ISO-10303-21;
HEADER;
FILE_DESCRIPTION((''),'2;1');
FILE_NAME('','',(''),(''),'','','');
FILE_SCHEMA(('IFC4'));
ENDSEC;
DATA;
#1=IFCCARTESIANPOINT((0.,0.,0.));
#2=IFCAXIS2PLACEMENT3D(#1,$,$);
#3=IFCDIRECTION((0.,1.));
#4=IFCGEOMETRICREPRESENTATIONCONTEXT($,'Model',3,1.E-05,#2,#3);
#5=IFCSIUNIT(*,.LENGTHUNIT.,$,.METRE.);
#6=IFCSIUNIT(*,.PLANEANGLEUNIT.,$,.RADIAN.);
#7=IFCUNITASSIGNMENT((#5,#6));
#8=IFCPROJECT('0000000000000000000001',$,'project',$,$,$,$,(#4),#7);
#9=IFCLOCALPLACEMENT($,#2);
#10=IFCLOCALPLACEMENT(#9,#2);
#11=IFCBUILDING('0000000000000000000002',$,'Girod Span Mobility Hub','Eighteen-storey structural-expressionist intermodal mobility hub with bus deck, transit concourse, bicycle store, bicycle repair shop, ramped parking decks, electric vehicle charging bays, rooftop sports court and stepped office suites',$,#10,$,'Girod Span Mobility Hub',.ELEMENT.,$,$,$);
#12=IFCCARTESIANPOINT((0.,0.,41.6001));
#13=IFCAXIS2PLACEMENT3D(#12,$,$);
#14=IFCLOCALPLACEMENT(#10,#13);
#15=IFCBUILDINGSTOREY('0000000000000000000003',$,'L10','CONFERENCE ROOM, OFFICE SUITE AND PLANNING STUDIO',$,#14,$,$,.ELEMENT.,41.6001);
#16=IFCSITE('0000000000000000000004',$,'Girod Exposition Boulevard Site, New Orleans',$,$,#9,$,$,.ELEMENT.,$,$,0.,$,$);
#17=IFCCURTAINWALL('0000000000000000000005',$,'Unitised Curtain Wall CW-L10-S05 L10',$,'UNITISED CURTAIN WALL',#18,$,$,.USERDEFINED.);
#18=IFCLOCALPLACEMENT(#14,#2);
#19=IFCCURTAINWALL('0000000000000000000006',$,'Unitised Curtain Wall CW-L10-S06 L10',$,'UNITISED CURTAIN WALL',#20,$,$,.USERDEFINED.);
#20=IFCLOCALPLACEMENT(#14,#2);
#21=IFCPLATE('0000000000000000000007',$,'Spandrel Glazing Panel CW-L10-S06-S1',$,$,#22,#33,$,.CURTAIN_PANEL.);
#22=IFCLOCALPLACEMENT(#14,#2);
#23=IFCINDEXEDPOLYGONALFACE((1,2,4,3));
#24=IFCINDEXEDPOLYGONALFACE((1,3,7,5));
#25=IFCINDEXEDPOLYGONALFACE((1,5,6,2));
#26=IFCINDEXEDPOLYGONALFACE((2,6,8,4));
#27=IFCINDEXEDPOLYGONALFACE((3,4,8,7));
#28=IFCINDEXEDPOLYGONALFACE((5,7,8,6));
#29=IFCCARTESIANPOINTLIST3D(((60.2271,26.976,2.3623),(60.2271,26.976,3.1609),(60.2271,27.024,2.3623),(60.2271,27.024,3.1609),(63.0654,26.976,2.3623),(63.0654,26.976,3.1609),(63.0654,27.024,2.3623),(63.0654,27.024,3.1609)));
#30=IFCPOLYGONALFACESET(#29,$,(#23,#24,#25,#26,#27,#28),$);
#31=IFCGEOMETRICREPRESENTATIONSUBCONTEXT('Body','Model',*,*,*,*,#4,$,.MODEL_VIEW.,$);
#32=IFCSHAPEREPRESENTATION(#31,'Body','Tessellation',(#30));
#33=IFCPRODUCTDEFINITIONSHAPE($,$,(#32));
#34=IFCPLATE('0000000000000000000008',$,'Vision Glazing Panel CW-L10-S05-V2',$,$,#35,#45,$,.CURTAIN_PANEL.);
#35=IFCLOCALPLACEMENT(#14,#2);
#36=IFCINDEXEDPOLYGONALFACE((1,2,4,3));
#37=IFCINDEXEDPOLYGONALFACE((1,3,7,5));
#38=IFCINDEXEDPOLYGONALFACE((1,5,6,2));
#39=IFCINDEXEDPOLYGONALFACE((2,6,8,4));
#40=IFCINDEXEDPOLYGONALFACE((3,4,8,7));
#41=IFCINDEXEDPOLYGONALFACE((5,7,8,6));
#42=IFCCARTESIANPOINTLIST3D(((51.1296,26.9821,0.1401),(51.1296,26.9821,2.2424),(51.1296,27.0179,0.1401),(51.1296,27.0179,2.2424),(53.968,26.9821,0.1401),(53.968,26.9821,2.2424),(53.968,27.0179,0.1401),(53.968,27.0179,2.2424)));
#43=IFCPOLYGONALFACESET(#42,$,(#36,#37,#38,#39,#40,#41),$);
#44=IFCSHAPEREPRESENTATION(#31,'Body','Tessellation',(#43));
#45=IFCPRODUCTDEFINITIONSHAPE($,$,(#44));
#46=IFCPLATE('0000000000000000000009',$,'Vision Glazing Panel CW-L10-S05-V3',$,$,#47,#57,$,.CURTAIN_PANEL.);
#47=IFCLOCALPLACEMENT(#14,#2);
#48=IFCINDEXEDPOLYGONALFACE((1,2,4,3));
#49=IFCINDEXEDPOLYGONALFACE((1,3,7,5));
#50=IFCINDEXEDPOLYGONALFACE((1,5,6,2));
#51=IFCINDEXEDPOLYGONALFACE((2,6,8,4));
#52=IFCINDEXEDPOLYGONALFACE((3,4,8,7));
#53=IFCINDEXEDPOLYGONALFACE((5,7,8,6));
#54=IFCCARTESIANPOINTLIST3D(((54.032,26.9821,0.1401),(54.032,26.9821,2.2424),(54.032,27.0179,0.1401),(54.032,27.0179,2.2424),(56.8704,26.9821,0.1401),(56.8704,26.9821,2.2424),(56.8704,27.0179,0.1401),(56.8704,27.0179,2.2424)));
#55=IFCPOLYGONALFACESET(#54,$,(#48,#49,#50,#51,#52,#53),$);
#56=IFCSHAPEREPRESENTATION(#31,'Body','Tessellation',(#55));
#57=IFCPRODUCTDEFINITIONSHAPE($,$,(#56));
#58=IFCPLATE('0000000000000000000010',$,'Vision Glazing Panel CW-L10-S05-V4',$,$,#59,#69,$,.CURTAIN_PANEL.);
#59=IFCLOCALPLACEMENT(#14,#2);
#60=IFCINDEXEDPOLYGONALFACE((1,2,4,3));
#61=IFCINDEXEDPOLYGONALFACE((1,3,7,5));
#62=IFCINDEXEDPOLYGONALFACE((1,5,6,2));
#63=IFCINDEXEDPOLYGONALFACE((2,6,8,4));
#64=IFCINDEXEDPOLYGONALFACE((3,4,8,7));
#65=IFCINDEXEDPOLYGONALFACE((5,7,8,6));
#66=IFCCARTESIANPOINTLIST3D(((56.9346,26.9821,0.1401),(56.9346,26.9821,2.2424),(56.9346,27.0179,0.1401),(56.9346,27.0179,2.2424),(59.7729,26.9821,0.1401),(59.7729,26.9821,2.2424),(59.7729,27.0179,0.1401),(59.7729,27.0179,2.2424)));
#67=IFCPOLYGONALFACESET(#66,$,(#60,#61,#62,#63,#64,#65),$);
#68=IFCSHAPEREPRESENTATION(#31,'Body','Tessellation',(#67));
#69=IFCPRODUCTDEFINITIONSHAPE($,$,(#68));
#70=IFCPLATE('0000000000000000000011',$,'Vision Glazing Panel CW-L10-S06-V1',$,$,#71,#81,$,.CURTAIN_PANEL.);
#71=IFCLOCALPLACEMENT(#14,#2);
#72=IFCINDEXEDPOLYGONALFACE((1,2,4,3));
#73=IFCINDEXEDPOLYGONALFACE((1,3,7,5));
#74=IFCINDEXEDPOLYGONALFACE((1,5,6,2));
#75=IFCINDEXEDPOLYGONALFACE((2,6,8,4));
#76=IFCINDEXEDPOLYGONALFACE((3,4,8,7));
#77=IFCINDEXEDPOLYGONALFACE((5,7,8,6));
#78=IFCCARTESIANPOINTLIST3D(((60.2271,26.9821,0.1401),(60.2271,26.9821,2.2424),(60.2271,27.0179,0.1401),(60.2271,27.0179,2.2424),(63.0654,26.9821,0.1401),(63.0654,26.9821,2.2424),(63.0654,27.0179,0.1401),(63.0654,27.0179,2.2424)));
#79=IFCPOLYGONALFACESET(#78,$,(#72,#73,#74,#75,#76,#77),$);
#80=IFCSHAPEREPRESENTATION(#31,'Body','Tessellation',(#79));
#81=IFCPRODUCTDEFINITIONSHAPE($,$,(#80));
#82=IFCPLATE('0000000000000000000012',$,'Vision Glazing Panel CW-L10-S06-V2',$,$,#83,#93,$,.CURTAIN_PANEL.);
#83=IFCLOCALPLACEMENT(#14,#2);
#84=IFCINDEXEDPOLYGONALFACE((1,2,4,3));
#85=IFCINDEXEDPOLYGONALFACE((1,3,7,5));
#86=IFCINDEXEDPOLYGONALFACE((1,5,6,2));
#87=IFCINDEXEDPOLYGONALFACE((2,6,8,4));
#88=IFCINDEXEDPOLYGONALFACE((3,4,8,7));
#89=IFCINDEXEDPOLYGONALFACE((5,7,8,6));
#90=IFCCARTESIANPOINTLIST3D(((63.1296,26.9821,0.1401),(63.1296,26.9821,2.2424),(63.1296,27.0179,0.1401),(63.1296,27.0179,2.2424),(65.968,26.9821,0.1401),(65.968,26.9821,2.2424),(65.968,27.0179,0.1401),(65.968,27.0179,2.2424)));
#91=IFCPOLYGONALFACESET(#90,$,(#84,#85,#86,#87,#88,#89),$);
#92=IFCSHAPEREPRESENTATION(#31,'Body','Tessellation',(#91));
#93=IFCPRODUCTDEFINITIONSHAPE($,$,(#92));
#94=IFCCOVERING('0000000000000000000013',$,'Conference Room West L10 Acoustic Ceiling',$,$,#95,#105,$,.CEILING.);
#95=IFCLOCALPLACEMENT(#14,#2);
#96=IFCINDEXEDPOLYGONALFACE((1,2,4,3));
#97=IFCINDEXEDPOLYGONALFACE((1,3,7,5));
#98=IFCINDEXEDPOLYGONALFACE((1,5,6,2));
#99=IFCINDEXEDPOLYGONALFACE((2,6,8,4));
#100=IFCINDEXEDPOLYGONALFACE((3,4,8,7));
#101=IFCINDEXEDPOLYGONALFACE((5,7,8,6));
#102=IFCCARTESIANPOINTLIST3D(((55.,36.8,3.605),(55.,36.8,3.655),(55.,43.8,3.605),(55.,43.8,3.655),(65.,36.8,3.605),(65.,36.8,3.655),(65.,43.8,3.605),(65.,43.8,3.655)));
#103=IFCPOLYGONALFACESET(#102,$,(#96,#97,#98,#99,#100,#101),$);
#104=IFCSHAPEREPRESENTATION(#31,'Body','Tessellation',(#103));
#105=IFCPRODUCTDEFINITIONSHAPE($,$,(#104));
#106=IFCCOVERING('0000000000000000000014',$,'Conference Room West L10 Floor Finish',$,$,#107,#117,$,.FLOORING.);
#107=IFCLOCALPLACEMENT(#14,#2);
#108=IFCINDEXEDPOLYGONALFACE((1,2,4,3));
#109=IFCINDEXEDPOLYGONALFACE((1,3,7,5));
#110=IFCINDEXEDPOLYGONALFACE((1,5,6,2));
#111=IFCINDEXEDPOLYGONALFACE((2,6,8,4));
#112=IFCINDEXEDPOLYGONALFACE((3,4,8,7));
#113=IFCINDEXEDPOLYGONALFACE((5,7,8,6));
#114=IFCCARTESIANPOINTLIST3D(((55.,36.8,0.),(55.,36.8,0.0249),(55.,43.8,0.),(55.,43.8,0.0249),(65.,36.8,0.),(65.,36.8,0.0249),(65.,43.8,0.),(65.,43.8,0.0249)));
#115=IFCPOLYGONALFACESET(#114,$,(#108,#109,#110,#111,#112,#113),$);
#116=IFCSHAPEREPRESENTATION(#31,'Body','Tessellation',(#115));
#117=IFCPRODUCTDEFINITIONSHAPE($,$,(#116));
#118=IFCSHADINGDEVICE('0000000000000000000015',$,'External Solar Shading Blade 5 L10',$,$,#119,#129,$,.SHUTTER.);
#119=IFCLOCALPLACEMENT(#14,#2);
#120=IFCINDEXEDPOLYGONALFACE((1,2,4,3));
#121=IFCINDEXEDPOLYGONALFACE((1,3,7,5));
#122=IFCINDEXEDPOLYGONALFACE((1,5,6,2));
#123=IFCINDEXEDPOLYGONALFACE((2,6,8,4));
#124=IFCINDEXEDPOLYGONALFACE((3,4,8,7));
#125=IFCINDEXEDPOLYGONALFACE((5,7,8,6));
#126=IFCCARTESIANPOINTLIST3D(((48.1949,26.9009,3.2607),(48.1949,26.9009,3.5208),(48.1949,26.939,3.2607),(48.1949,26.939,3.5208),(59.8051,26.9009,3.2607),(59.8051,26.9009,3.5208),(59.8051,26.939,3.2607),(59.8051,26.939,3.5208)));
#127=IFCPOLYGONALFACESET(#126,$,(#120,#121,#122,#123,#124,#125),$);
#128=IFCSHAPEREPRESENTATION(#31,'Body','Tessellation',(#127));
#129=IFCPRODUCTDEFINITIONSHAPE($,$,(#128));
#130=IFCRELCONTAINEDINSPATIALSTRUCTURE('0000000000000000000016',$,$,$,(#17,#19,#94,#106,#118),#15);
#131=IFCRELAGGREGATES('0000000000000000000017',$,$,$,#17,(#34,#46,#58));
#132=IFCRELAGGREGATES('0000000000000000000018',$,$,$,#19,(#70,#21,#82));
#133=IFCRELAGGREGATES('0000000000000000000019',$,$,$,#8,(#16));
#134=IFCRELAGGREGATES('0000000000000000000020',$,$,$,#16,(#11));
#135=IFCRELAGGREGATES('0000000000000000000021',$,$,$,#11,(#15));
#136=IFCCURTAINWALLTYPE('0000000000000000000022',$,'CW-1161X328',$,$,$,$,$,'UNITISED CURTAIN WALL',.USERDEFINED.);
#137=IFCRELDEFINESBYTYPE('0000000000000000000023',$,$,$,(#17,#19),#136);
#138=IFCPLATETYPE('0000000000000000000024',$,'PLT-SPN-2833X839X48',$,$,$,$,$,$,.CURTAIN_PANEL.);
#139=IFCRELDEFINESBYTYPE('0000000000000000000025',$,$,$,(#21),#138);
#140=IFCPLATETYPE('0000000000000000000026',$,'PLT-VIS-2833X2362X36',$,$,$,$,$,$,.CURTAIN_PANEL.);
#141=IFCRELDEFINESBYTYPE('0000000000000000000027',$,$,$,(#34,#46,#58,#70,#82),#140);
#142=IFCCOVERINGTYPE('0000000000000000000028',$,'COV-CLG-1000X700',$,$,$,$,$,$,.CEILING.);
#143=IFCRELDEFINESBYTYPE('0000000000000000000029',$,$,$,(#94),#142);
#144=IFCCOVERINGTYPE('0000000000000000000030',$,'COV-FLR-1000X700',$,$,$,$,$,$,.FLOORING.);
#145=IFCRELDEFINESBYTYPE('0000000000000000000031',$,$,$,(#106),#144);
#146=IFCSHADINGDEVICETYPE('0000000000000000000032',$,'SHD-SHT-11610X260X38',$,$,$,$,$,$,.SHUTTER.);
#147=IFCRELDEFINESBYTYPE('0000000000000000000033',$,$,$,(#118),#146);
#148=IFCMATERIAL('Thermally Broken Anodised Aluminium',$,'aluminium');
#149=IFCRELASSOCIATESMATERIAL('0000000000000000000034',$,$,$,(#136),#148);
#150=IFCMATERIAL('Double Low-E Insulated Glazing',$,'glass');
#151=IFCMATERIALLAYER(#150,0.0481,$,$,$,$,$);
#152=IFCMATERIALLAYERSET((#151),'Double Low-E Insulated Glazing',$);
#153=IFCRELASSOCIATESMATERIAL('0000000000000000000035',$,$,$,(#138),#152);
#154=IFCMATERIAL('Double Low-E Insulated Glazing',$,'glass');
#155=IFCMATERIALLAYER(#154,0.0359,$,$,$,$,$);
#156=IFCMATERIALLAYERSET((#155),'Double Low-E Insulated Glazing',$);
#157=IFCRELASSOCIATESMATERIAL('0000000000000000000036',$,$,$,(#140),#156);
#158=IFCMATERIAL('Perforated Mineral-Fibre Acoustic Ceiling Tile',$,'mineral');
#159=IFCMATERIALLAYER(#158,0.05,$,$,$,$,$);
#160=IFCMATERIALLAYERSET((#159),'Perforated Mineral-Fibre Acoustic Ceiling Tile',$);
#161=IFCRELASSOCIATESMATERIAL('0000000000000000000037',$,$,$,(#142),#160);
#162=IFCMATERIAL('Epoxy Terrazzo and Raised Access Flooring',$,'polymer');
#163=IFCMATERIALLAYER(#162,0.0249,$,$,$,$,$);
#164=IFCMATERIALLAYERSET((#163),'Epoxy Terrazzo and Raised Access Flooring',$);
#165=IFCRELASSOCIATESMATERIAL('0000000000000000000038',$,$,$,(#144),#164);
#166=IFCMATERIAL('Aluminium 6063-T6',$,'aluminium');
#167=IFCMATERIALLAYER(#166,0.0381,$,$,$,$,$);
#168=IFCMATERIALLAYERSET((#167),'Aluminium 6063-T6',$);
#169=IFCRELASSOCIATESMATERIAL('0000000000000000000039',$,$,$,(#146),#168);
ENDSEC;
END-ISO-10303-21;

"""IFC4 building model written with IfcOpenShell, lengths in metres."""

from ifc_helpers import new_model, si_unit, direction, frame, origin, origin_2d, place, context, subcontext, project, spatial, rectangle, extrude, material, layer, layer_set, type_object, element, aggregate, save


model = new_model("IFC4")

# Units and contexts
model_context = context("Model", 3, precision=1e-05, world=origin(), true_north=direction((0.0, 1.0)))
body_context = subcontext(model_context, "Body", "Model", "MODEL_VIEW")
ifc_project = project(units=[si_unit("LENGTHUNIT", "METRE"), si_unit("PLANEANGLEUNIT", "RADIAN")], contexts=[model_context])

# Site, building, storey
site_placement = place(None, origin())
site = spatial("IfcSite", under=ifc_project, at=site_placement, Name="Girod Exposition Boulevard Site, New Orleans", CompositionType="ELEMENT", RefElevation=0.0)
building_placement = place(site_placement, origin())
building = spatial("IfcBuilding", under=site, at=building_placement, Name="Girod Span Mobility Hub", Description="Eighteen-storey structural-expressionist intermodal mobility hub with bus deck, transit concourse, bicycle store, bicycle repair shop, ramped parking decks, electric vehicle charging bays, rooftop sports court and stepped office suites", LongName="Girod Span Mobility Hub", CompositionType="ELEMENT")
storey_placement = place(building_placement, frame((0.0, 0.0, 41.6001)))
storey = spatial("IfcBuildingStorey", under=building, at=storey_placement, Name="L10", Description="CONFERENCE ROOM, OFFICE SUITE AND PLANNING STUDIO", CompositionType="ELEMENT", Elevation=41.6001)

# Curtain walls
ifc_material_1 = material(Name="Thermally Broken Anodised Aluminium", Category="aluminium")
curtain_wall_type = type_object("IfcCurtainWallType", Name="CW-1161X328", ElementType="UNITISED CURTAIN WALL", PredefinedType="USERDEFINED", material=ifc_material_1)
curtain_wall_1_placement = place(storey_placement, origin())
curtain_wall_1 = element("IfcCurtainWall", 1, at=curtain_wall_1_placement, inside=storey, type_object=curtain_wall_type, Name="Unitised Curtain Wall CW-L10-S05 L10", ObjectType="UNITISED CURTAIN WALL", PredefinedType="USERDEFINED")
curtain_wall_2_placement = place(storey_placement, origin())
curtain_wall_2 = element("IfcCurtainWall", 2, at=curtain_wall_2_placement, inside=storey, type_object=curtain_wall_type, Name="Unitised Curtain Wall CW-L10-S06 L10", ObjectType="UNITISED CURTAIN WALL", PredefinedType="USERDEFINED")

# Plates
ifc_material_2 = material(Name="Double Low-E Insulated Glazing", Category="glass")
ifc_layer_1 = layer(ifc_material_2, 0.0481)
ifc_layer_set_1 = layer_set([ifc_layer_1], Name="Double Low-E Insulated Glazing")
plate_type_1 = type_object("IfcPlateType", Name="PLT-SPN-2833X839X48", PredefinedType="CURTAIN_PANEL", material=ifc_layer_set_1)
plate_1_placement = place(storey_placement, frame((61.6462, 27.0, 2.3623), z_axis=(0.0, 0.0, 1.0), x_axis=(1.0, 0.0, 0.0)))
plate_1 = element("IfcPlate", 3, at=plate_1_placement, type_object=plate_type_1, Name="Spandrel Glazing Panel CW-L10-S06-S1", PredefinedType="CURTAIN_PANEL", context=body_context, shape_type="SweptSolid", body=[
    extrude(rectangle(XDim=2.8384, YDim=0.0481, at=origin_2d()), origin(), (0.0, 0.0, 1.0), 0.7986),
])
ifc_material_3 = material(Name="Double Low-E Insulated Glazing", Category="glass")
ifc_layer_2 = layer(ifc_material_3, 0.0359)
ifc_layer_set_2 = layer_set([ifc_layer_2], Name="Double Low-E Insulated Glazing")
plate_type_2 = type_object("IfcPlateType", Name="PLT-VIS-2833X2362X36", PredefinedType="CURTAIN_PANEL", material=ifc_layer_set_2)
plate_2_placement = place(storey_placement, frame((52.5488, 27.0, 0.1401), z_axis=(0.0, 0.0, 1.0), x_axis=(1.0, 0.0, 0.0)))
plate_2 = element("IfcPlate", 4, at=plate_2_placement, type_object=plate_type_2, Name="Vision Glazing Panel CW-L10-S05-V2", PredefinedType="CURTAIN_PANEL", context=body_context, shape_type="SweptSolid", body=[
    extrude(rectangle(XDim=2.8384, YDim=0.0359, at=origin_2d()), origin(), (0.0, 0.0, 1.0), 2.1023),
])
plate_3_placement = place(storey_placement, frame((55.4512, 27.0, 0.1401), z_axis=(0.0, 0.0, 1.0), x_axis=(1.0, 0.0, 0.0)))
plate_3 = element("IfcPlate", 5, at=plate_3_placement, type_object=plate_type_2, Name="Vision Glazing Panel CW-L10-S05-V3", PredefinedType="CURTAIN_PANEL", context=body_context, shape_type="SweptSolid", body=[
    extrude(rectangle(XDim=2.8384, YDim=0.0359, at=origin_2d()), origin(), (0.0, 0.0, 1.0), 2.1023),
])
plate_4_placement = place(storey_placement, frame((58.3538, 27.0, 0.1401), z_axis=(0.0, 0.0, 1.0), x_axis=(1.0, 0.0, 0.0)))
plate_4 = element("IfcPlate", 6, at=plate_4_placement, type_object=plate_type_2, Name="Vision Glazing Panel CW-L10-S05-V4", PredefinedType="CURTAIN_PANEL", context=body_context, shape_type="SweptSolid", body=[
    extrude(rectangle(XDim=2.8384, YDim=0.0359, at=origin_2d()), origin(), (0.0, 0.0, 1.0), 2.1023),
])
aggregate(curtain_wall_1, [plate_2, plate_3, plate_4])
plate_5_placement = place(storey_placement, frame((61.6462, 27.0, 0.1401), z_axis=(0.0, 0.0, 1.0), x_axis=(1.0, 0.0, 0.0)))
plate_5 = element("IfcPlate", 7, at=plate_5_placement, type_object=plate_type_2, Name="Vision Glazing Panel CW-L10-S06-V1", PredefinedType="CURTAIN_PANEL", context=body_context, shape_type="SweptSolid", body=[
    extrude(rectangle(XDim=2.8384, YDim=0.0359, at=origin_2d()), origin(), (0.0, 0.0, 1.0), 2.1023),
])
plate_6_placement = place(storey_placement, frame((64.5488, 27.0, 0.1401), z_axis=(0.0, 0.0, 1.0), x_axis=(1.0, 0.0, 0.0)))
plate_6 = element("IfcPlate", 8, at=plate_6_placement, type_object=plate_type_2, Name="Vision Glazing Panel CW-L10-S06-V2", PredefinedType="CURTAIN_PANEL", context=body_context, shape_type="SweptSolid", body=[
    extrude(rectangle(XDim=2.8384, YDim=0.0359, at=origin_2d()), origin(), (0.0, 0.0, 1.0), 2.1023),
])
aggregate(curtain_wall_2, [plate_5, plate_1, plate_6])

# Coverings
ifc_material_4 = material(Name="Perforated Mineral-Fibre Acoustic Ceiling Tile", Category="mineral")
ifc_layer_3 = layer(ifc_material_4, 0.05)
ifc_layer_set_3 = layer_set([ifc_layer_3], Name="Perforated Mineral-Fibre Acoustic Ceiling Tile")
covering_type_1 = type_object("IfcCoveringType", Name="COV-CLG-1000X700", PredefinedType="CEILING", material=ifc_layer_set_3)
covering_1_placement = place(storey_placement, frame((60.0, 40.3, 3.605), z_axis=(0.0, 0.0, 1.0), x_axis=(1.0, 0.0, 0.0)))
element("IfcCovering", 9, at=covering_1_placement, inside=storey, type_object=covering_type_1, Name="Conference Room West L10 Acoustic Ceiling", PredefinedType="CEILING", context=body_context, shape_type="SweptSolid", body=[
    extrude(rectangle(XDim=10.0, YDim=7.0, at=origin_2d()), origin(), (0.0, 0.0, 1.0), 0.05),
])
ifc_material_5 = material(Name="Epoxy Terrazzo and Raised Access Flooring", Category="polymer")
ifc_layer_4 = layer(ifc_material_5, 0.0249)
ifc_layer_set_4 = layer_set([ifc_layer_4], Name="Epoxy Terrazzo and Raised Access Flooring")
covering_type_2 = type_object("IfcCoveringType", Name="COV-FLR-1000X700", PredefinedType="FLOORING", material=ifc_layer_set_4)
covering_2_placement = place(storey_placement, frame((60.0, 40.3, 0.0), z_axis=(0.0, 0.0, 1.0), x_axis=(1.0, 0.0, 0.0)))
element("IfcCovering", 10, at=covering_2_placement, inside=storey, type_object=covering_type_2, Name="Conference Room West L10 Floor Finish", PredefinedType="FLOORING", context=body_context, shape_type="SweptSolid", body=[
    extrude(rectangle(XDim=10.0, YDim=7.0, at=origin_2d()), origin(), (0.0, 0.0, 1.0), 0.0249),
])

# Shading device
ifc_material_6 = material(Name="Aluminium 6063-T6", Category="aluminium")
ifc_layer_5 = layer(ifc_material_6, 0.0381)
ifc_layer_set_5 = layer_set([ifc_layer_5], Name="Aluminium 6063-T6")
shading_device_type = type_object("IfcShadingDeviceType", Name="SHD-SHT-11610X260X38", PredefinedType="SHUTTER", material=ifc_layer_set_5)
shading_device_placement = place(storey_placement, frame((54.0, 26.9199, 3.2607), z_axis=(0.0, 0.0, 1.0), x_axis=(1.0, 0.0, 0.0)))
element("IfcShadingDevice", 11, at=shading_device_placement, inside=storey, type_object=shading_device_type, Name="External Solar Shading Blade 5 L10", PredefinedType="SHUTTER", context=body_context, shape_type="SweptSolid", body=[
    extrude(rectangle(XDim=11.6101, YDim=0.0381, at=origin_2d()), origin(), (0.0, 0.0, 1.0), 0.26),
])

save(model, "model.ifc")
